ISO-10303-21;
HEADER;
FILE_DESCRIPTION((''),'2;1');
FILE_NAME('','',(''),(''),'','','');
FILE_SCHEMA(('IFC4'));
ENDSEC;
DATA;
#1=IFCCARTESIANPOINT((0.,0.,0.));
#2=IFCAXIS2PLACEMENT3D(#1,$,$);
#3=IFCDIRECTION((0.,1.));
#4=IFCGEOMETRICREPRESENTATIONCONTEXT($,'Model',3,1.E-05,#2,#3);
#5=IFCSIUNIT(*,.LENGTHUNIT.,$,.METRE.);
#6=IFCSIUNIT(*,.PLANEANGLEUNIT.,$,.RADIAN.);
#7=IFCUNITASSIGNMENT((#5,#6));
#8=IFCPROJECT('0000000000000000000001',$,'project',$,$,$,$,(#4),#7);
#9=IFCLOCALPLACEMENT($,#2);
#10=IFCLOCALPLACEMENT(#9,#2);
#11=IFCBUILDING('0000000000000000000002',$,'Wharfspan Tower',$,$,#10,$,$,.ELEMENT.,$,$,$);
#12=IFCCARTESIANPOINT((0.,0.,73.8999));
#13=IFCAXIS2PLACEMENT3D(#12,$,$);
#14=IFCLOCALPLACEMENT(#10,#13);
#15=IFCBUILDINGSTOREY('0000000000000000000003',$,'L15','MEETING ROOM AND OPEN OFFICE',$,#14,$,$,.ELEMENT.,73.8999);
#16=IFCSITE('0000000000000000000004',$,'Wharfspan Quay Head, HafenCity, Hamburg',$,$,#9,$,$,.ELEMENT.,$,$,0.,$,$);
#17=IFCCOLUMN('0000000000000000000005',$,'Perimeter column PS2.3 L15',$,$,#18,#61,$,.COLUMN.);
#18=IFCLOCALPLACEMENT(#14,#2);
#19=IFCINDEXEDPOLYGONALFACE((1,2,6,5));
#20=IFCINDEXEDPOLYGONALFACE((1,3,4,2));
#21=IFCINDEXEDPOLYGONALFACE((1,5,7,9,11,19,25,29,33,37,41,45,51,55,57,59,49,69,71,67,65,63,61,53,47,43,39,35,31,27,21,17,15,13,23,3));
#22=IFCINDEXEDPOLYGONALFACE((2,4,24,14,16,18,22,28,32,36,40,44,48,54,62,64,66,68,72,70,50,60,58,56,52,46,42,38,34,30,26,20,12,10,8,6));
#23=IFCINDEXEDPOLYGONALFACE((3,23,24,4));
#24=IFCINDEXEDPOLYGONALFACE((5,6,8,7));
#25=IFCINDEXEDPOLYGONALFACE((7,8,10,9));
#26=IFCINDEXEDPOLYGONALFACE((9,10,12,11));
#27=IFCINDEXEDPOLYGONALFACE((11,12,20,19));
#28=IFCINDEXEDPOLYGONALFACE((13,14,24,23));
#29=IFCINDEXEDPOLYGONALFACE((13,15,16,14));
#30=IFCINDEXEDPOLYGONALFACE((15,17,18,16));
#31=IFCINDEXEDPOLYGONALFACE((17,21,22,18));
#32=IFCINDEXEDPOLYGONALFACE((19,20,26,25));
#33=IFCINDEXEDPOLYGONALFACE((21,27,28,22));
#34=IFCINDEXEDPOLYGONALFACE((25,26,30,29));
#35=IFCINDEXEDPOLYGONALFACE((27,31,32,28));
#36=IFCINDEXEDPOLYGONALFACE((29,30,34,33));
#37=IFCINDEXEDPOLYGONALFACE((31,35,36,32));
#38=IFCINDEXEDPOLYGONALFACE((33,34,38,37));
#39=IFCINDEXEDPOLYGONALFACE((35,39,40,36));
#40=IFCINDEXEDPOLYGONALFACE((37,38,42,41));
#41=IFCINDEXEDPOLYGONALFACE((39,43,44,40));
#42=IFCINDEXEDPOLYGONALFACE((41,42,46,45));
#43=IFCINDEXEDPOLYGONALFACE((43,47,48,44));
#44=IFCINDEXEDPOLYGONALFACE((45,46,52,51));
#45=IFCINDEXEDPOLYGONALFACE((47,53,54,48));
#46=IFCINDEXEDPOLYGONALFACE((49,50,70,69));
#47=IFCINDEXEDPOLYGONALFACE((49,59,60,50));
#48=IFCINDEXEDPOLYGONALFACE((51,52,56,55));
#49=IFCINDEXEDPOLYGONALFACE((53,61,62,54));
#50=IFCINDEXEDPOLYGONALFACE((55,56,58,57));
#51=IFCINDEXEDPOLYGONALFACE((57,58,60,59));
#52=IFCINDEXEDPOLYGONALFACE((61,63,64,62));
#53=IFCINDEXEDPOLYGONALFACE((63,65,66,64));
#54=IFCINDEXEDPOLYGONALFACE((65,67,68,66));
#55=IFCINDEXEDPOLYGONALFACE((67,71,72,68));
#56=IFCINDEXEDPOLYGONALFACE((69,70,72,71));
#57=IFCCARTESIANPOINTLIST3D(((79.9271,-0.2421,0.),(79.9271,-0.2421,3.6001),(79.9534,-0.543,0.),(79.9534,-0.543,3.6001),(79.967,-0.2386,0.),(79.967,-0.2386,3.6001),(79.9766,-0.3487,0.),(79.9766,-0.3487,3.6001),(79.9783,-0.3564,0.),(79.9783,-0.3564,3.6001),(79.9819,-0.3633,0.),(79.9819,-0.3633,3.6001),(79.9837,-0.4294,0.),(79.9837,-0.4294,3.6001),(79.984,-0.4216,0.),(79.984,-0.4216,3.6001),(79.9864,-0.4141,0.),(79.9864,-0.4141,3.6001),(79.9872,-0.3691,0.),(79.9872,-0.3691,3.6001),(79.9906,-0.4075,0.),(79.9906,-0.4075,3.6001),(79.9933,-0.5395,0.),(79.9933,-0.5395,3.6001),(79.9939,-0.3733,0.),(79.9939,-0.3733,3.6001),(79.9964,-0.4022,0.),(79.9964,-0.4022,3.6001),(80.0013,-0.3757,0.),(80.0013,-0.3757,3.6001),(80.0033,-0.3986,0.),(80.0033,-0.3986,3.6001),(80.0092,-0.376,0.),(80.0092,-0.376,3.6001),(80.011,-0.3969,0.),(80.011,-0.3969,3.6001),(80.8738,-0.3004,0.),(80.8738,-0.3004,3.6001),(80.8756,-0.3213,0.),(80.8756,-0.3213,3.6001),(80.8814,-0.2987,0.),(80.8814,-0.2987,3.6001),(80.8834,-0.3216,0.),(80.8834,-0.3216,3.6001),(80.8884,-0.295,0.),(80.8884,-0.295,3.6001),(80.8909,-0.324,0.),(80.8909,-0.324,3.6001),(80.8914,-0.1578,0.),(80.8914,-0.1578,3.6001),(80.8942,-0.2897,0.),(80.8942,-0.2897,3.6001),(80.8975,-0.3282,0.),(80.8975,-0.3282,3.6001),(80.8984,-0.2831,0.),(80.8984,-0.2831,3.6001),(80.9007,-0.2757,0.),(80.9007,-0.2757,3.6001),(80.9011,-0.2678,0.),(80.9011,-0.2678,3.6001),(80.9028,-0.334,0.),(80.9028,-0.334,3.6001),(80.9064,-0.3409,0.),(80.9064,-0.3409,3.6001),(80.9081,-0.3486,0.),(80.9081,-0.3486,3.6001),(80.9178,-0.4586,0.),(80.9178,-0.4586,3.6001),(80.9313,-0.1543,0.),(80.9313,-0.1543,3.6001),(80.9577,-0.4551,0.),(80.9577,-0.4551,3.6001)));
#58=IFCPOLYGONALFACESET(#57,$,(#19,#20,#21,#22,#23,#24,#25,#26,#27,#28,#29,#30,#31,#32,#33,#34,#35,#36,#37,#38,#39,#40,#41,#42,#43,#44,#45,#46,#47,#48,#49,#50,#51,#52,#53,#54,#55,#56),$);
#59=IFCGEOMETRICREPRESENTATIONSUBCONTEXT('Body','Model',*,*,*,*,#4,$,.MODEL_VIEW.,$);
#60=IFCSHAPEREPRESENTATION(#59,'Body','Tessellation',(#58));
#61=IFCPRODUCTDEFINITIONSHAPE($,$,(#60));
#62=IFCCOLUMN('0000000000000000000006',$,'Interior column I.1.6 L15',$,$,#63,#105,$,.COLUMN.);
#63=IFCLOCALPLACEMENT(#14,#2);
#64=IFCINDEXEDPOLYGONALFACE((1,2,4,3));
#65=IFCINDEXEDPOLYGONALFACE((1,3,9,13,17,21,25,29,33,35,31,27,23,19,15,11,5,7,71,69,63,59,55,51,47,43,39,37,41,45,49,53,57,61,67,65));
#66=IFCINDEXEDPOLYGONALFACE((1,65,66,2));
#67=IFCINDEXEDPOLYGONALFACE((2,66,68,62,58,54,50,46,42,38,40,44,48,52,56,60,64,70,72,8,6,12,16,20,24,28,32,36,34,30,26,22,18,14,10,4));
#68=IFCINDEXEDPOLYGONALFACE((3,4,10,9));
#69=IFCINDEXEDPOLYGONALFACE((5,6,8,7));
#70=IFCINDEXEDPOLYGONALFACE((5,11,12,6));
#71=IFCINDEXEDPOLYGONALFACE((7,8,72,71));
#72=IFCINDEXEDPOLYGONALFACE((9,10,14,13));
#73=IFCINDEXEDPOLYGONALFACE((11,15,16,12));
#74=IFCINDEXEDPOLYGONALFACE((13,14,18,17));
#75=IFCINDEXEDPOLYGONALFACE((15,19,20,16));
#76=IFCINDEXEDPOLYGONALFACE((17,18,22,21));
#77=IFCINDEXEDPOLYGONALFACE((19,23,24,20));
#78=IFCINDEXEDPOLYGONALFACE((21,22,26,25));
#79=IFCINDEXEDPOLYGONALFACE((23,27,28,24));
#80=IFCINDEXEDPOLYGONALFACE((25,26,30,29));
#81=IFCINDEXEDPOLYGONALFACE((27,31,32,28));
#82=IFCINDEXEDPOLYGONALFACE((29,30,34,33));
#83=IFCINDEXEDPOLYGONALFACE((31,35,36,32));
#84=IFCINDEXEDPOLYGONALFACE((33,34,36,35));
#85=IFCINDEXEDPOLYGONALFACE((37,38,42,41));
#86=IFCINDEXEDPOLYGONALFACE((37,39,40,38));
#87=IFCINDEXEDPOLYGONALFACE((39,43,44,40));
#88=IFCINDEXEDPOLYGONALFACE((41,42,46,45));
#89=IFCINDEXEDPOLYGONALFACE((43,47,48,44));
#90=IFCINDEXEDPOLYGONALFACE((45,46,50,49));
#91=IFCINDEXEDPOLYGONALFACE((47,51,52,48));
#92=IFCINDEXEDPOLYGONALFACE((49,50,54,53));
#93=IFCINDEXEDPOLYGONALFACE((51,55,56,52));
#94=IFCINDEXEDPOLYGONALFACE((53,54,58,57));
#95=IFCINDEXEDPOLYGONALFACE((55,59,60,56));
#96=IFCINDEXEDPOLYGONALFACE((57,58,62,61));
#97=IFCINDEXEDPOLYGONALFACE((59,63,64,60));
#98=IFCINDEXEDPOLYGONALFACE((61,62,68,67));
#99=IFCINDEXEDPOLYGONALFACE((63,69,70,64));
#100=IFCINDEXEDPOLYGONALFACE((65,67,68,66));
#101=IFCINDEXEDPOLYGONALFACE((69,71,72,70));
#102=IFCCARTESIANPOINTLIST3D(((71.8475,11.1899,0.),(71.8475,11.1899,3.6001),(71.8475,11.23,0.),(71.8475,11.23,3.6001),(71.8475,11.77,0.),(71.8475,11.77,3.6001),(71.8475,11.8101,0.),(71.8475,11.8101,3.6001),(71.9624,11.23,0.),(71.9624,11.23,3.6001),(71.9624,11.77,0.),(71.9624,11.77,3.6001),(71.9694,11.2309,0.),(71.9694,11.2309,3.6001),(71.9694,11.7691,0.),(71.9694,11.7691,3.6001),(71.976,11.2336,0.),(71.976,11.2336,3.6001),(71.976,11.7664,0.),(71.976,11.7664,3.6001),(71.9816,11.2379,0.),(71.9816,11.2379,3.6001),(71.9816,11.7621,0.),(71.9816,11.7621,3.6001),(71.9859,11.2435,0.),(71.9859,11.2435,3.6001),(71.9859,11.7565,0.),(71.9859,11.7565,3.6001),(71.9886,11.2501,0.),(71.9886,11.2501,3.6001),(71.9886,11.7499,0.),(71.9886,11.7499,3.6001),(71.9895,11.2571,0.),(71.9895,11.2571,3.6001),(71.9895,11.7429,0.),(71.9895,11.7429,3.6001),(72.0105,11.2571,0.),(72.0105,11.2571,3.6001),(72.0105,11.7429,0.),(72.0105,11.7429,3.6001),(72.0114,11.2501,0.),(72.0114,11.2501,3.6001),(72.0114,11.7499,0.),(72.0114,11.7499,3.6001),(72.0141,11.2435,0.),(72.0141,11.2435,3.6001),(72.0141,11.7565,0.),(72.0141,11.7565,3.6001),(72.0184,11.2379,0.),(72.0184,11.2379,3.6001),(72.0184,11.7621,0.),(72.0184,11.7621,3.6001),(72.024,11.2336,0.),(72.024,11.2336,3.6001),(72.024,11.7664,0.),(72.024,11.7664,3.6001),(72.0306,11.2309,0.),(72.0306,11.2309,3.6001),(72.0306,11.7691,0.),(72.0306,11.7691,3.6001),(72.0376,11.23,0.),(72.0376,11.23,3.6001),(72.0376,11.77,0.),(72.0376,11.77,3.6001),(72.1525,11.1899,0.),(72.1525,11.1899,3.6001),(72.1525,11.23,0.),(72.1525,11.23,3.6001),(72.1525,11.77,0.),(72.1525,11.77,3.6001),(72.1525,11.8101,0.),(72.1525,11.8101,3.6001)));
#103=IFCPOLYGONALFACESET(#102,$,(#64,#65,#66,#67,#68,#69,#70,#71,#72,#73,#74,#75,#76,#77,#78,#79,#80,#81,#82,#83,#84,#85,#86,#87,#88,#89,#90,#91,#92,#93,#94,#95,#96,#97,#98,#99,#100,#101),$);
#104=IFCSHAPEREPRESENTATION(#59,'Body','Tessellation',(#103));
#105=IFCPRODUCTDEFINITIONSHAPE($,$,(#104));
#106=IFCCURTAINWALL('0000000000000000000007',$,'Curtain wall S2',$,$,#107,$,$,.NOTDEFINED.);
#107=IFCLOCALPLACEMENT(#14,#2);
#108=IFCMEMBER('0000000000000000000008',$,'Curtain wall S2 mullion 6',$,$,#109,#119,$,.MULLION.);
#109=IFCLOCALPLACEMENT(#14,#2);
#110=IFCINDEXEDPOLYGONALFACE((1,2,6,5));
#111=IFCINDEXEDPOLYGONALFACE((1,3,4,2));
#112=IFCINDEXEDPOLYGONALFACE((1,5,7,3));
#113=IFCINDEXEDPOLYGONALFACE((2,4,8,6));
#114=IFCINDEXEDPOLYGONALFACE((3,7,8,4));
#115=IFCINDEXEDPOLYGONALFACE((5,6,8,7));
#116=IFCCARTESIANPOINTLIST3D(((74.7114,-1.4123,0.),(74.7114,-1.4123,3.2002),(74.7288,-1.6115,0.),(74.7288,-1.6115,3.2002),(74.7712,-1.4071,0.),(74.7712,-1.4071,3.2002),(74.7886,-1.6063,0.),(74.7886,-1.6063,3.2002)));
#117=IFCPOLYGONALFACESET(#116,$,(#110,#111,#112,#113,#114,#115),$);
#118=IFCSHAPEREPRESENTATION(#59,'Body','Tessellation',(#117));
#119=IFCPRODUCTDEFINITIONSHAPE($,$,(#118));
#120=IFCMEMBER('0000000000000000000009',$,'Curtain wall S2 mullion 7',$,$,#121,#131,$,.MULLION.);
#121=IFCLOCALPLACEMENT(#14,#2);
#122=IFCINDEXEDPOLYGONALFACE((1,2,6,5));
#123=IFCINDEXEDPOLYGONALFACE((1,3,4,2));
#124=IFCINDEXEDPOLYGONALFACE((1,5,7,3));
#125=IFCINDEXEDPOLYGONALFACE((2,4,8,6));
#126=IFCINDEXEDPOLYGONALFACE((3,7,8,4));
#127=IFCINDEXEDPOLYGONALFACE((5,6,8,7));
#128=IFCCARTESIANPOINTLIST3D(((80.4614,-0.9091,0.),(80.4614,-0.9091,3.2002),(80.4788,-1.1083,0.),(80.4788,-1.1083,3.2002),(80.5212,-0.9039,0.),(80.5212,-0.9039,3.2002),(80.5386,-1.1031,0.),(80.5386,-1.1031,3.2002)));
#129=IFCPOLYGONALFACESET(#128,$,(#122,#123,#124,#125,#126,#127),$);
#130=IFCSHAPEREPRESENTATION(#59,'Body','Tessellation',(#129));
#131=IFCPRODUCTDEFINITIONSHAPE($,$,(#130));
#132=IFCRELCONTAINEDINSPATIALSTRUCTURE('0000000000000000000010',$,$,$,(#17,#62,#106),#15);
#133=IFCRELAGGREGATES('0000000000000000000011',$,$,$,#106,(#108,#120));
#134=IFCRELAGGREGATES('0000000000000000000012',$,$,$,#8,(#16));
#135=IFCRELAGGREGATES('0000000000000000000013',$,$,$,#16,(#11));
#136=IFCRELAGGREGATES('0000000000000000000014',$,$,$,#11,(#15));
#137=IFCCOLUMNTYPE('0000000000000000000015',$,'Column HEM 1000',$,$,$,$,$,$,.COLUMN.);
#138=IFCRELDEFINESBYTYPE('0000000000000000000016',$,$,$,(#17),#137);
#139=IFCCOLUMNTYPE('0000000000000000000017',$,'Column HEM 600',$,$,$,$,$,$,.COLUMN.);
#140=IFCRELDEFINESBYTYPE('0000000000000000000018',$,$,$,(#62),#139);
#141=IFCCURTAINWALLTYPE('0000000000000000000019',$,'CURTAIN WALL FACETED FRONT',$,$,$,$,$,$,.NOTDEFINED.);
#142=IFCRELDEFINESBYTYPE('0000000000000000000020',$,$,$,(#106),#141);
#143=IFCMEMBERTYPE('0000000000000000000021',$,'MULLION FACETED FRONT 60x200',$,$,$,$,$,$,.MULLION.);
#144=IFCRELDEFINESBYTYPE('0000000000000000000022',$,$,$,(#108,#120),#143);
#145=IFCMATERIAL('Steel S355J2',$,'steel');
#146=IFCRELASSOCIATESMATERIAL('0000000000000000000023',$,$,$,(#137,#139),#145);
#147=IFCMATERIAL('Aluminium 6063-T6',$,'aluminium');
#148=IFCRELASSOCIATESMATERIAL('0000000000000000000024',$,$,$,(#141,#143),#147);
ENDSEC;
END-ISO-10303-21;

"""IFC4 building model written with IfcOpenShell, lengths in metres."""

from ifc_helpers import new_model, si_unit, direction, frame, origin, origin_2d, place, context, subcontext, project, spatial, rectangle, i_section, extrude, material, material_profile, profile_set, type_object, element, aggregate, save


model = new_model("IFC4")

# Units and contexts
model_context = context("Model", 3, precision=1e-05, world=origin(), true_north=direction((0.0, 1.0)))
body_context = subcontext(model_context, "Body", "Model", "MODEL_VIEW")
ifc_project = project(units=[si_unit("LENGTHUNIT", "METRE"), si_unit("PLANEANGLEUNIT", "RADIAN")], contexts=[model_context])

# Site, building, storey
site_placement = place(None, origin())
site = spatial("IfcSite", under=ifc_project, at=site_placement, Name="Wharfspan Quay Head, HafenCity, Hamburg", CompositionType="ELEMENT", RefElevation=0.0)
building_placement = place(site_placement, origin())
building = spatial("IfcBuilding", under=site, at=building_placement, Name="Wharfspan Tower", CompositionType="ELEMENT")
storey_placement = place(building_placement, frame((0.0, 0.0, 73.8999)))
storey = spatial("IfcBuildingStorey", under=building, at=storey_placement, Name="L15", Description="MEETING ROOM AND OPEN OFFICE", CompositionType="ELEMENT", Elevation=73.8999)

# Columns
ifc_material_1 = material(Name="Steel S355J2", Category="steel")
ifc_material_profile_1 = material_profile(ifc_material_1, i_section(OverallWidth=0.302, OverallDepth=1.0081, WebThickness=0.021, FlangeThickness=0.04, FilletRadius=0.03, at=origin_2d()))
ifc_profile_set_1 = profile_set([ifc_material_profile_1], Name="Steel S355J2")
column_type_1 = type_object("IfcColumnType", Name="Column HEM 1000", PredefinedType="COLUMN", material=ifc_profile_set_1)
column_1_placement = place(storey_placement, frame((80.4424, -0.3486, 0.0), z_axis=(0.0, 0.0, 1.0), x_axis=(0.087156, -0.996198, 0.0)))
element("IfcColumn", 1, at=column_1_placement, inside=storey, type_object=column_type_1, Name="Perimeter column PS2.3 L15", PredefinedType="COLUMN", context=body_context, shape_type="SweptSolid", body=[
    extrude(i_section(OverallWidth=0.302, OverallDepth=1.0081, WebThickness=0.021, FlangeThickness=0.04, FilletRadius=0.03, at=origin_2d()), origin(), (0.0, 0.0, 1.0), 3.6001),
])
ifc_material_profile_2 = material_profile(ifc_material_1, i_section(OverallWidth=0.3049, OverallDepth=0.6201, WebThickness=0.021, FlangeThickness=0.04, FilletRadius=0.0271, at=origin_2d()))
ifc_profile_set_2 = profile_set([ifc_material_profile_2], Name="Steel S355J2")
column_type_2 = type_object("IfcColumnType", Name="Column HEM 600", PredefinedType="COLUMN", material=ifc_profile_set_2)
column_2_placement = place(storey_placement, frame((72.0, 11.5, 0.0), z_axis=(0.0, 0.0, 1.0), x_axis=(1.0, 0.0, 0.0)))
element("IfcColumn", 2, at=column_2_placement, inside=storey, type_object=column_type_2, Name="Interior column I.1.6 L15", PredefinedType="COLUMN", context=body_context, shape_type="SweptSolid", body=[
    extrude(i_section(OverallWidth=0.3049, OverallDepth=0.6201, WebThickness=0.021, FlangeThickness=0.04, FilletRadius=0.0271, at=origin_2d()), origin(), (0.0, 0.0, 1.0), 3.6001),
])

# Curtain wall, members
ifc_material_2 = material(Name="Aluminium 6063-T6", Category="aluminium")
curtain_wall_type = type_object("IfcCurtainWallType", Name="CURTAIN WALL FACETED FRONT", PredefinedType="NOTDEFINED", material=ifc_material_2)
curtain_wall_placement = place(storey_placement, origin())
curtain_wall = element("IfcCurtainWall", 3, at=curtain_wall_placement, inside=storey, type_object=curtain_wall_type, Name="Curtain wall S2", PredefinedType="NOTDEFINED")
ifc_material_profile_3 = material_profile(ifc_material_2, rectangle(XDim=0.2, YDim=0.0601, at=origin_2d()))
ifc_profile_set_3 = profile_set([ifc_material_profile_3], Name="Aluminium 6063-T6")
member_type_1 = type_object("IfcMemberType", Name="MULLION FACETED FRONT 60x200", PredefinedType="MULLION", material=ifc_profile_set_3)
member_1_placement = place(storey_placement, frame((74.75, -1.5093, 0.0), z_axis=(0.0, 0.0, 1.0), x_axis=(-0.087156, 0.996197, 0.0)))
member_1 = element("IfcMember", 4, at=member_1_placement, type_object=member_type_1, Name="Curtain wall S2 mullion 6", PredefinedType="MULLION", context=body_context, shape_type="SweptSolid", body=[
    extrude(rectangle(XDim=0.2, YDim=0.0601, at=origin_2d()), origin(), (0.0, 0.0, 1.0), 3.2002),
])
member_2_placement = place(storey_placement, frame((80.5, -1.0061, 0.0), z_axis=(0.0, 0.0, 1.0), x_axis=(-0.087156, 0.996197, 0.0)))
member_2 = element("IfcMember", 5, at=member_2_placement, type_object=member_type_1, Name="Curtain wall S2 mullion 7", PredefinedType="MULLION", context=body_context, shape_type="SweptSolid", body=[
    extrude(rectangle(XDim=0.2, YDim=0.0601, at=origin_2d()), origin(), (0.0, 0.0, 1.0), 3.2002),
])

aggregate(curtain_wall, [member_1, member_2])

save(model, "model.ifc")
